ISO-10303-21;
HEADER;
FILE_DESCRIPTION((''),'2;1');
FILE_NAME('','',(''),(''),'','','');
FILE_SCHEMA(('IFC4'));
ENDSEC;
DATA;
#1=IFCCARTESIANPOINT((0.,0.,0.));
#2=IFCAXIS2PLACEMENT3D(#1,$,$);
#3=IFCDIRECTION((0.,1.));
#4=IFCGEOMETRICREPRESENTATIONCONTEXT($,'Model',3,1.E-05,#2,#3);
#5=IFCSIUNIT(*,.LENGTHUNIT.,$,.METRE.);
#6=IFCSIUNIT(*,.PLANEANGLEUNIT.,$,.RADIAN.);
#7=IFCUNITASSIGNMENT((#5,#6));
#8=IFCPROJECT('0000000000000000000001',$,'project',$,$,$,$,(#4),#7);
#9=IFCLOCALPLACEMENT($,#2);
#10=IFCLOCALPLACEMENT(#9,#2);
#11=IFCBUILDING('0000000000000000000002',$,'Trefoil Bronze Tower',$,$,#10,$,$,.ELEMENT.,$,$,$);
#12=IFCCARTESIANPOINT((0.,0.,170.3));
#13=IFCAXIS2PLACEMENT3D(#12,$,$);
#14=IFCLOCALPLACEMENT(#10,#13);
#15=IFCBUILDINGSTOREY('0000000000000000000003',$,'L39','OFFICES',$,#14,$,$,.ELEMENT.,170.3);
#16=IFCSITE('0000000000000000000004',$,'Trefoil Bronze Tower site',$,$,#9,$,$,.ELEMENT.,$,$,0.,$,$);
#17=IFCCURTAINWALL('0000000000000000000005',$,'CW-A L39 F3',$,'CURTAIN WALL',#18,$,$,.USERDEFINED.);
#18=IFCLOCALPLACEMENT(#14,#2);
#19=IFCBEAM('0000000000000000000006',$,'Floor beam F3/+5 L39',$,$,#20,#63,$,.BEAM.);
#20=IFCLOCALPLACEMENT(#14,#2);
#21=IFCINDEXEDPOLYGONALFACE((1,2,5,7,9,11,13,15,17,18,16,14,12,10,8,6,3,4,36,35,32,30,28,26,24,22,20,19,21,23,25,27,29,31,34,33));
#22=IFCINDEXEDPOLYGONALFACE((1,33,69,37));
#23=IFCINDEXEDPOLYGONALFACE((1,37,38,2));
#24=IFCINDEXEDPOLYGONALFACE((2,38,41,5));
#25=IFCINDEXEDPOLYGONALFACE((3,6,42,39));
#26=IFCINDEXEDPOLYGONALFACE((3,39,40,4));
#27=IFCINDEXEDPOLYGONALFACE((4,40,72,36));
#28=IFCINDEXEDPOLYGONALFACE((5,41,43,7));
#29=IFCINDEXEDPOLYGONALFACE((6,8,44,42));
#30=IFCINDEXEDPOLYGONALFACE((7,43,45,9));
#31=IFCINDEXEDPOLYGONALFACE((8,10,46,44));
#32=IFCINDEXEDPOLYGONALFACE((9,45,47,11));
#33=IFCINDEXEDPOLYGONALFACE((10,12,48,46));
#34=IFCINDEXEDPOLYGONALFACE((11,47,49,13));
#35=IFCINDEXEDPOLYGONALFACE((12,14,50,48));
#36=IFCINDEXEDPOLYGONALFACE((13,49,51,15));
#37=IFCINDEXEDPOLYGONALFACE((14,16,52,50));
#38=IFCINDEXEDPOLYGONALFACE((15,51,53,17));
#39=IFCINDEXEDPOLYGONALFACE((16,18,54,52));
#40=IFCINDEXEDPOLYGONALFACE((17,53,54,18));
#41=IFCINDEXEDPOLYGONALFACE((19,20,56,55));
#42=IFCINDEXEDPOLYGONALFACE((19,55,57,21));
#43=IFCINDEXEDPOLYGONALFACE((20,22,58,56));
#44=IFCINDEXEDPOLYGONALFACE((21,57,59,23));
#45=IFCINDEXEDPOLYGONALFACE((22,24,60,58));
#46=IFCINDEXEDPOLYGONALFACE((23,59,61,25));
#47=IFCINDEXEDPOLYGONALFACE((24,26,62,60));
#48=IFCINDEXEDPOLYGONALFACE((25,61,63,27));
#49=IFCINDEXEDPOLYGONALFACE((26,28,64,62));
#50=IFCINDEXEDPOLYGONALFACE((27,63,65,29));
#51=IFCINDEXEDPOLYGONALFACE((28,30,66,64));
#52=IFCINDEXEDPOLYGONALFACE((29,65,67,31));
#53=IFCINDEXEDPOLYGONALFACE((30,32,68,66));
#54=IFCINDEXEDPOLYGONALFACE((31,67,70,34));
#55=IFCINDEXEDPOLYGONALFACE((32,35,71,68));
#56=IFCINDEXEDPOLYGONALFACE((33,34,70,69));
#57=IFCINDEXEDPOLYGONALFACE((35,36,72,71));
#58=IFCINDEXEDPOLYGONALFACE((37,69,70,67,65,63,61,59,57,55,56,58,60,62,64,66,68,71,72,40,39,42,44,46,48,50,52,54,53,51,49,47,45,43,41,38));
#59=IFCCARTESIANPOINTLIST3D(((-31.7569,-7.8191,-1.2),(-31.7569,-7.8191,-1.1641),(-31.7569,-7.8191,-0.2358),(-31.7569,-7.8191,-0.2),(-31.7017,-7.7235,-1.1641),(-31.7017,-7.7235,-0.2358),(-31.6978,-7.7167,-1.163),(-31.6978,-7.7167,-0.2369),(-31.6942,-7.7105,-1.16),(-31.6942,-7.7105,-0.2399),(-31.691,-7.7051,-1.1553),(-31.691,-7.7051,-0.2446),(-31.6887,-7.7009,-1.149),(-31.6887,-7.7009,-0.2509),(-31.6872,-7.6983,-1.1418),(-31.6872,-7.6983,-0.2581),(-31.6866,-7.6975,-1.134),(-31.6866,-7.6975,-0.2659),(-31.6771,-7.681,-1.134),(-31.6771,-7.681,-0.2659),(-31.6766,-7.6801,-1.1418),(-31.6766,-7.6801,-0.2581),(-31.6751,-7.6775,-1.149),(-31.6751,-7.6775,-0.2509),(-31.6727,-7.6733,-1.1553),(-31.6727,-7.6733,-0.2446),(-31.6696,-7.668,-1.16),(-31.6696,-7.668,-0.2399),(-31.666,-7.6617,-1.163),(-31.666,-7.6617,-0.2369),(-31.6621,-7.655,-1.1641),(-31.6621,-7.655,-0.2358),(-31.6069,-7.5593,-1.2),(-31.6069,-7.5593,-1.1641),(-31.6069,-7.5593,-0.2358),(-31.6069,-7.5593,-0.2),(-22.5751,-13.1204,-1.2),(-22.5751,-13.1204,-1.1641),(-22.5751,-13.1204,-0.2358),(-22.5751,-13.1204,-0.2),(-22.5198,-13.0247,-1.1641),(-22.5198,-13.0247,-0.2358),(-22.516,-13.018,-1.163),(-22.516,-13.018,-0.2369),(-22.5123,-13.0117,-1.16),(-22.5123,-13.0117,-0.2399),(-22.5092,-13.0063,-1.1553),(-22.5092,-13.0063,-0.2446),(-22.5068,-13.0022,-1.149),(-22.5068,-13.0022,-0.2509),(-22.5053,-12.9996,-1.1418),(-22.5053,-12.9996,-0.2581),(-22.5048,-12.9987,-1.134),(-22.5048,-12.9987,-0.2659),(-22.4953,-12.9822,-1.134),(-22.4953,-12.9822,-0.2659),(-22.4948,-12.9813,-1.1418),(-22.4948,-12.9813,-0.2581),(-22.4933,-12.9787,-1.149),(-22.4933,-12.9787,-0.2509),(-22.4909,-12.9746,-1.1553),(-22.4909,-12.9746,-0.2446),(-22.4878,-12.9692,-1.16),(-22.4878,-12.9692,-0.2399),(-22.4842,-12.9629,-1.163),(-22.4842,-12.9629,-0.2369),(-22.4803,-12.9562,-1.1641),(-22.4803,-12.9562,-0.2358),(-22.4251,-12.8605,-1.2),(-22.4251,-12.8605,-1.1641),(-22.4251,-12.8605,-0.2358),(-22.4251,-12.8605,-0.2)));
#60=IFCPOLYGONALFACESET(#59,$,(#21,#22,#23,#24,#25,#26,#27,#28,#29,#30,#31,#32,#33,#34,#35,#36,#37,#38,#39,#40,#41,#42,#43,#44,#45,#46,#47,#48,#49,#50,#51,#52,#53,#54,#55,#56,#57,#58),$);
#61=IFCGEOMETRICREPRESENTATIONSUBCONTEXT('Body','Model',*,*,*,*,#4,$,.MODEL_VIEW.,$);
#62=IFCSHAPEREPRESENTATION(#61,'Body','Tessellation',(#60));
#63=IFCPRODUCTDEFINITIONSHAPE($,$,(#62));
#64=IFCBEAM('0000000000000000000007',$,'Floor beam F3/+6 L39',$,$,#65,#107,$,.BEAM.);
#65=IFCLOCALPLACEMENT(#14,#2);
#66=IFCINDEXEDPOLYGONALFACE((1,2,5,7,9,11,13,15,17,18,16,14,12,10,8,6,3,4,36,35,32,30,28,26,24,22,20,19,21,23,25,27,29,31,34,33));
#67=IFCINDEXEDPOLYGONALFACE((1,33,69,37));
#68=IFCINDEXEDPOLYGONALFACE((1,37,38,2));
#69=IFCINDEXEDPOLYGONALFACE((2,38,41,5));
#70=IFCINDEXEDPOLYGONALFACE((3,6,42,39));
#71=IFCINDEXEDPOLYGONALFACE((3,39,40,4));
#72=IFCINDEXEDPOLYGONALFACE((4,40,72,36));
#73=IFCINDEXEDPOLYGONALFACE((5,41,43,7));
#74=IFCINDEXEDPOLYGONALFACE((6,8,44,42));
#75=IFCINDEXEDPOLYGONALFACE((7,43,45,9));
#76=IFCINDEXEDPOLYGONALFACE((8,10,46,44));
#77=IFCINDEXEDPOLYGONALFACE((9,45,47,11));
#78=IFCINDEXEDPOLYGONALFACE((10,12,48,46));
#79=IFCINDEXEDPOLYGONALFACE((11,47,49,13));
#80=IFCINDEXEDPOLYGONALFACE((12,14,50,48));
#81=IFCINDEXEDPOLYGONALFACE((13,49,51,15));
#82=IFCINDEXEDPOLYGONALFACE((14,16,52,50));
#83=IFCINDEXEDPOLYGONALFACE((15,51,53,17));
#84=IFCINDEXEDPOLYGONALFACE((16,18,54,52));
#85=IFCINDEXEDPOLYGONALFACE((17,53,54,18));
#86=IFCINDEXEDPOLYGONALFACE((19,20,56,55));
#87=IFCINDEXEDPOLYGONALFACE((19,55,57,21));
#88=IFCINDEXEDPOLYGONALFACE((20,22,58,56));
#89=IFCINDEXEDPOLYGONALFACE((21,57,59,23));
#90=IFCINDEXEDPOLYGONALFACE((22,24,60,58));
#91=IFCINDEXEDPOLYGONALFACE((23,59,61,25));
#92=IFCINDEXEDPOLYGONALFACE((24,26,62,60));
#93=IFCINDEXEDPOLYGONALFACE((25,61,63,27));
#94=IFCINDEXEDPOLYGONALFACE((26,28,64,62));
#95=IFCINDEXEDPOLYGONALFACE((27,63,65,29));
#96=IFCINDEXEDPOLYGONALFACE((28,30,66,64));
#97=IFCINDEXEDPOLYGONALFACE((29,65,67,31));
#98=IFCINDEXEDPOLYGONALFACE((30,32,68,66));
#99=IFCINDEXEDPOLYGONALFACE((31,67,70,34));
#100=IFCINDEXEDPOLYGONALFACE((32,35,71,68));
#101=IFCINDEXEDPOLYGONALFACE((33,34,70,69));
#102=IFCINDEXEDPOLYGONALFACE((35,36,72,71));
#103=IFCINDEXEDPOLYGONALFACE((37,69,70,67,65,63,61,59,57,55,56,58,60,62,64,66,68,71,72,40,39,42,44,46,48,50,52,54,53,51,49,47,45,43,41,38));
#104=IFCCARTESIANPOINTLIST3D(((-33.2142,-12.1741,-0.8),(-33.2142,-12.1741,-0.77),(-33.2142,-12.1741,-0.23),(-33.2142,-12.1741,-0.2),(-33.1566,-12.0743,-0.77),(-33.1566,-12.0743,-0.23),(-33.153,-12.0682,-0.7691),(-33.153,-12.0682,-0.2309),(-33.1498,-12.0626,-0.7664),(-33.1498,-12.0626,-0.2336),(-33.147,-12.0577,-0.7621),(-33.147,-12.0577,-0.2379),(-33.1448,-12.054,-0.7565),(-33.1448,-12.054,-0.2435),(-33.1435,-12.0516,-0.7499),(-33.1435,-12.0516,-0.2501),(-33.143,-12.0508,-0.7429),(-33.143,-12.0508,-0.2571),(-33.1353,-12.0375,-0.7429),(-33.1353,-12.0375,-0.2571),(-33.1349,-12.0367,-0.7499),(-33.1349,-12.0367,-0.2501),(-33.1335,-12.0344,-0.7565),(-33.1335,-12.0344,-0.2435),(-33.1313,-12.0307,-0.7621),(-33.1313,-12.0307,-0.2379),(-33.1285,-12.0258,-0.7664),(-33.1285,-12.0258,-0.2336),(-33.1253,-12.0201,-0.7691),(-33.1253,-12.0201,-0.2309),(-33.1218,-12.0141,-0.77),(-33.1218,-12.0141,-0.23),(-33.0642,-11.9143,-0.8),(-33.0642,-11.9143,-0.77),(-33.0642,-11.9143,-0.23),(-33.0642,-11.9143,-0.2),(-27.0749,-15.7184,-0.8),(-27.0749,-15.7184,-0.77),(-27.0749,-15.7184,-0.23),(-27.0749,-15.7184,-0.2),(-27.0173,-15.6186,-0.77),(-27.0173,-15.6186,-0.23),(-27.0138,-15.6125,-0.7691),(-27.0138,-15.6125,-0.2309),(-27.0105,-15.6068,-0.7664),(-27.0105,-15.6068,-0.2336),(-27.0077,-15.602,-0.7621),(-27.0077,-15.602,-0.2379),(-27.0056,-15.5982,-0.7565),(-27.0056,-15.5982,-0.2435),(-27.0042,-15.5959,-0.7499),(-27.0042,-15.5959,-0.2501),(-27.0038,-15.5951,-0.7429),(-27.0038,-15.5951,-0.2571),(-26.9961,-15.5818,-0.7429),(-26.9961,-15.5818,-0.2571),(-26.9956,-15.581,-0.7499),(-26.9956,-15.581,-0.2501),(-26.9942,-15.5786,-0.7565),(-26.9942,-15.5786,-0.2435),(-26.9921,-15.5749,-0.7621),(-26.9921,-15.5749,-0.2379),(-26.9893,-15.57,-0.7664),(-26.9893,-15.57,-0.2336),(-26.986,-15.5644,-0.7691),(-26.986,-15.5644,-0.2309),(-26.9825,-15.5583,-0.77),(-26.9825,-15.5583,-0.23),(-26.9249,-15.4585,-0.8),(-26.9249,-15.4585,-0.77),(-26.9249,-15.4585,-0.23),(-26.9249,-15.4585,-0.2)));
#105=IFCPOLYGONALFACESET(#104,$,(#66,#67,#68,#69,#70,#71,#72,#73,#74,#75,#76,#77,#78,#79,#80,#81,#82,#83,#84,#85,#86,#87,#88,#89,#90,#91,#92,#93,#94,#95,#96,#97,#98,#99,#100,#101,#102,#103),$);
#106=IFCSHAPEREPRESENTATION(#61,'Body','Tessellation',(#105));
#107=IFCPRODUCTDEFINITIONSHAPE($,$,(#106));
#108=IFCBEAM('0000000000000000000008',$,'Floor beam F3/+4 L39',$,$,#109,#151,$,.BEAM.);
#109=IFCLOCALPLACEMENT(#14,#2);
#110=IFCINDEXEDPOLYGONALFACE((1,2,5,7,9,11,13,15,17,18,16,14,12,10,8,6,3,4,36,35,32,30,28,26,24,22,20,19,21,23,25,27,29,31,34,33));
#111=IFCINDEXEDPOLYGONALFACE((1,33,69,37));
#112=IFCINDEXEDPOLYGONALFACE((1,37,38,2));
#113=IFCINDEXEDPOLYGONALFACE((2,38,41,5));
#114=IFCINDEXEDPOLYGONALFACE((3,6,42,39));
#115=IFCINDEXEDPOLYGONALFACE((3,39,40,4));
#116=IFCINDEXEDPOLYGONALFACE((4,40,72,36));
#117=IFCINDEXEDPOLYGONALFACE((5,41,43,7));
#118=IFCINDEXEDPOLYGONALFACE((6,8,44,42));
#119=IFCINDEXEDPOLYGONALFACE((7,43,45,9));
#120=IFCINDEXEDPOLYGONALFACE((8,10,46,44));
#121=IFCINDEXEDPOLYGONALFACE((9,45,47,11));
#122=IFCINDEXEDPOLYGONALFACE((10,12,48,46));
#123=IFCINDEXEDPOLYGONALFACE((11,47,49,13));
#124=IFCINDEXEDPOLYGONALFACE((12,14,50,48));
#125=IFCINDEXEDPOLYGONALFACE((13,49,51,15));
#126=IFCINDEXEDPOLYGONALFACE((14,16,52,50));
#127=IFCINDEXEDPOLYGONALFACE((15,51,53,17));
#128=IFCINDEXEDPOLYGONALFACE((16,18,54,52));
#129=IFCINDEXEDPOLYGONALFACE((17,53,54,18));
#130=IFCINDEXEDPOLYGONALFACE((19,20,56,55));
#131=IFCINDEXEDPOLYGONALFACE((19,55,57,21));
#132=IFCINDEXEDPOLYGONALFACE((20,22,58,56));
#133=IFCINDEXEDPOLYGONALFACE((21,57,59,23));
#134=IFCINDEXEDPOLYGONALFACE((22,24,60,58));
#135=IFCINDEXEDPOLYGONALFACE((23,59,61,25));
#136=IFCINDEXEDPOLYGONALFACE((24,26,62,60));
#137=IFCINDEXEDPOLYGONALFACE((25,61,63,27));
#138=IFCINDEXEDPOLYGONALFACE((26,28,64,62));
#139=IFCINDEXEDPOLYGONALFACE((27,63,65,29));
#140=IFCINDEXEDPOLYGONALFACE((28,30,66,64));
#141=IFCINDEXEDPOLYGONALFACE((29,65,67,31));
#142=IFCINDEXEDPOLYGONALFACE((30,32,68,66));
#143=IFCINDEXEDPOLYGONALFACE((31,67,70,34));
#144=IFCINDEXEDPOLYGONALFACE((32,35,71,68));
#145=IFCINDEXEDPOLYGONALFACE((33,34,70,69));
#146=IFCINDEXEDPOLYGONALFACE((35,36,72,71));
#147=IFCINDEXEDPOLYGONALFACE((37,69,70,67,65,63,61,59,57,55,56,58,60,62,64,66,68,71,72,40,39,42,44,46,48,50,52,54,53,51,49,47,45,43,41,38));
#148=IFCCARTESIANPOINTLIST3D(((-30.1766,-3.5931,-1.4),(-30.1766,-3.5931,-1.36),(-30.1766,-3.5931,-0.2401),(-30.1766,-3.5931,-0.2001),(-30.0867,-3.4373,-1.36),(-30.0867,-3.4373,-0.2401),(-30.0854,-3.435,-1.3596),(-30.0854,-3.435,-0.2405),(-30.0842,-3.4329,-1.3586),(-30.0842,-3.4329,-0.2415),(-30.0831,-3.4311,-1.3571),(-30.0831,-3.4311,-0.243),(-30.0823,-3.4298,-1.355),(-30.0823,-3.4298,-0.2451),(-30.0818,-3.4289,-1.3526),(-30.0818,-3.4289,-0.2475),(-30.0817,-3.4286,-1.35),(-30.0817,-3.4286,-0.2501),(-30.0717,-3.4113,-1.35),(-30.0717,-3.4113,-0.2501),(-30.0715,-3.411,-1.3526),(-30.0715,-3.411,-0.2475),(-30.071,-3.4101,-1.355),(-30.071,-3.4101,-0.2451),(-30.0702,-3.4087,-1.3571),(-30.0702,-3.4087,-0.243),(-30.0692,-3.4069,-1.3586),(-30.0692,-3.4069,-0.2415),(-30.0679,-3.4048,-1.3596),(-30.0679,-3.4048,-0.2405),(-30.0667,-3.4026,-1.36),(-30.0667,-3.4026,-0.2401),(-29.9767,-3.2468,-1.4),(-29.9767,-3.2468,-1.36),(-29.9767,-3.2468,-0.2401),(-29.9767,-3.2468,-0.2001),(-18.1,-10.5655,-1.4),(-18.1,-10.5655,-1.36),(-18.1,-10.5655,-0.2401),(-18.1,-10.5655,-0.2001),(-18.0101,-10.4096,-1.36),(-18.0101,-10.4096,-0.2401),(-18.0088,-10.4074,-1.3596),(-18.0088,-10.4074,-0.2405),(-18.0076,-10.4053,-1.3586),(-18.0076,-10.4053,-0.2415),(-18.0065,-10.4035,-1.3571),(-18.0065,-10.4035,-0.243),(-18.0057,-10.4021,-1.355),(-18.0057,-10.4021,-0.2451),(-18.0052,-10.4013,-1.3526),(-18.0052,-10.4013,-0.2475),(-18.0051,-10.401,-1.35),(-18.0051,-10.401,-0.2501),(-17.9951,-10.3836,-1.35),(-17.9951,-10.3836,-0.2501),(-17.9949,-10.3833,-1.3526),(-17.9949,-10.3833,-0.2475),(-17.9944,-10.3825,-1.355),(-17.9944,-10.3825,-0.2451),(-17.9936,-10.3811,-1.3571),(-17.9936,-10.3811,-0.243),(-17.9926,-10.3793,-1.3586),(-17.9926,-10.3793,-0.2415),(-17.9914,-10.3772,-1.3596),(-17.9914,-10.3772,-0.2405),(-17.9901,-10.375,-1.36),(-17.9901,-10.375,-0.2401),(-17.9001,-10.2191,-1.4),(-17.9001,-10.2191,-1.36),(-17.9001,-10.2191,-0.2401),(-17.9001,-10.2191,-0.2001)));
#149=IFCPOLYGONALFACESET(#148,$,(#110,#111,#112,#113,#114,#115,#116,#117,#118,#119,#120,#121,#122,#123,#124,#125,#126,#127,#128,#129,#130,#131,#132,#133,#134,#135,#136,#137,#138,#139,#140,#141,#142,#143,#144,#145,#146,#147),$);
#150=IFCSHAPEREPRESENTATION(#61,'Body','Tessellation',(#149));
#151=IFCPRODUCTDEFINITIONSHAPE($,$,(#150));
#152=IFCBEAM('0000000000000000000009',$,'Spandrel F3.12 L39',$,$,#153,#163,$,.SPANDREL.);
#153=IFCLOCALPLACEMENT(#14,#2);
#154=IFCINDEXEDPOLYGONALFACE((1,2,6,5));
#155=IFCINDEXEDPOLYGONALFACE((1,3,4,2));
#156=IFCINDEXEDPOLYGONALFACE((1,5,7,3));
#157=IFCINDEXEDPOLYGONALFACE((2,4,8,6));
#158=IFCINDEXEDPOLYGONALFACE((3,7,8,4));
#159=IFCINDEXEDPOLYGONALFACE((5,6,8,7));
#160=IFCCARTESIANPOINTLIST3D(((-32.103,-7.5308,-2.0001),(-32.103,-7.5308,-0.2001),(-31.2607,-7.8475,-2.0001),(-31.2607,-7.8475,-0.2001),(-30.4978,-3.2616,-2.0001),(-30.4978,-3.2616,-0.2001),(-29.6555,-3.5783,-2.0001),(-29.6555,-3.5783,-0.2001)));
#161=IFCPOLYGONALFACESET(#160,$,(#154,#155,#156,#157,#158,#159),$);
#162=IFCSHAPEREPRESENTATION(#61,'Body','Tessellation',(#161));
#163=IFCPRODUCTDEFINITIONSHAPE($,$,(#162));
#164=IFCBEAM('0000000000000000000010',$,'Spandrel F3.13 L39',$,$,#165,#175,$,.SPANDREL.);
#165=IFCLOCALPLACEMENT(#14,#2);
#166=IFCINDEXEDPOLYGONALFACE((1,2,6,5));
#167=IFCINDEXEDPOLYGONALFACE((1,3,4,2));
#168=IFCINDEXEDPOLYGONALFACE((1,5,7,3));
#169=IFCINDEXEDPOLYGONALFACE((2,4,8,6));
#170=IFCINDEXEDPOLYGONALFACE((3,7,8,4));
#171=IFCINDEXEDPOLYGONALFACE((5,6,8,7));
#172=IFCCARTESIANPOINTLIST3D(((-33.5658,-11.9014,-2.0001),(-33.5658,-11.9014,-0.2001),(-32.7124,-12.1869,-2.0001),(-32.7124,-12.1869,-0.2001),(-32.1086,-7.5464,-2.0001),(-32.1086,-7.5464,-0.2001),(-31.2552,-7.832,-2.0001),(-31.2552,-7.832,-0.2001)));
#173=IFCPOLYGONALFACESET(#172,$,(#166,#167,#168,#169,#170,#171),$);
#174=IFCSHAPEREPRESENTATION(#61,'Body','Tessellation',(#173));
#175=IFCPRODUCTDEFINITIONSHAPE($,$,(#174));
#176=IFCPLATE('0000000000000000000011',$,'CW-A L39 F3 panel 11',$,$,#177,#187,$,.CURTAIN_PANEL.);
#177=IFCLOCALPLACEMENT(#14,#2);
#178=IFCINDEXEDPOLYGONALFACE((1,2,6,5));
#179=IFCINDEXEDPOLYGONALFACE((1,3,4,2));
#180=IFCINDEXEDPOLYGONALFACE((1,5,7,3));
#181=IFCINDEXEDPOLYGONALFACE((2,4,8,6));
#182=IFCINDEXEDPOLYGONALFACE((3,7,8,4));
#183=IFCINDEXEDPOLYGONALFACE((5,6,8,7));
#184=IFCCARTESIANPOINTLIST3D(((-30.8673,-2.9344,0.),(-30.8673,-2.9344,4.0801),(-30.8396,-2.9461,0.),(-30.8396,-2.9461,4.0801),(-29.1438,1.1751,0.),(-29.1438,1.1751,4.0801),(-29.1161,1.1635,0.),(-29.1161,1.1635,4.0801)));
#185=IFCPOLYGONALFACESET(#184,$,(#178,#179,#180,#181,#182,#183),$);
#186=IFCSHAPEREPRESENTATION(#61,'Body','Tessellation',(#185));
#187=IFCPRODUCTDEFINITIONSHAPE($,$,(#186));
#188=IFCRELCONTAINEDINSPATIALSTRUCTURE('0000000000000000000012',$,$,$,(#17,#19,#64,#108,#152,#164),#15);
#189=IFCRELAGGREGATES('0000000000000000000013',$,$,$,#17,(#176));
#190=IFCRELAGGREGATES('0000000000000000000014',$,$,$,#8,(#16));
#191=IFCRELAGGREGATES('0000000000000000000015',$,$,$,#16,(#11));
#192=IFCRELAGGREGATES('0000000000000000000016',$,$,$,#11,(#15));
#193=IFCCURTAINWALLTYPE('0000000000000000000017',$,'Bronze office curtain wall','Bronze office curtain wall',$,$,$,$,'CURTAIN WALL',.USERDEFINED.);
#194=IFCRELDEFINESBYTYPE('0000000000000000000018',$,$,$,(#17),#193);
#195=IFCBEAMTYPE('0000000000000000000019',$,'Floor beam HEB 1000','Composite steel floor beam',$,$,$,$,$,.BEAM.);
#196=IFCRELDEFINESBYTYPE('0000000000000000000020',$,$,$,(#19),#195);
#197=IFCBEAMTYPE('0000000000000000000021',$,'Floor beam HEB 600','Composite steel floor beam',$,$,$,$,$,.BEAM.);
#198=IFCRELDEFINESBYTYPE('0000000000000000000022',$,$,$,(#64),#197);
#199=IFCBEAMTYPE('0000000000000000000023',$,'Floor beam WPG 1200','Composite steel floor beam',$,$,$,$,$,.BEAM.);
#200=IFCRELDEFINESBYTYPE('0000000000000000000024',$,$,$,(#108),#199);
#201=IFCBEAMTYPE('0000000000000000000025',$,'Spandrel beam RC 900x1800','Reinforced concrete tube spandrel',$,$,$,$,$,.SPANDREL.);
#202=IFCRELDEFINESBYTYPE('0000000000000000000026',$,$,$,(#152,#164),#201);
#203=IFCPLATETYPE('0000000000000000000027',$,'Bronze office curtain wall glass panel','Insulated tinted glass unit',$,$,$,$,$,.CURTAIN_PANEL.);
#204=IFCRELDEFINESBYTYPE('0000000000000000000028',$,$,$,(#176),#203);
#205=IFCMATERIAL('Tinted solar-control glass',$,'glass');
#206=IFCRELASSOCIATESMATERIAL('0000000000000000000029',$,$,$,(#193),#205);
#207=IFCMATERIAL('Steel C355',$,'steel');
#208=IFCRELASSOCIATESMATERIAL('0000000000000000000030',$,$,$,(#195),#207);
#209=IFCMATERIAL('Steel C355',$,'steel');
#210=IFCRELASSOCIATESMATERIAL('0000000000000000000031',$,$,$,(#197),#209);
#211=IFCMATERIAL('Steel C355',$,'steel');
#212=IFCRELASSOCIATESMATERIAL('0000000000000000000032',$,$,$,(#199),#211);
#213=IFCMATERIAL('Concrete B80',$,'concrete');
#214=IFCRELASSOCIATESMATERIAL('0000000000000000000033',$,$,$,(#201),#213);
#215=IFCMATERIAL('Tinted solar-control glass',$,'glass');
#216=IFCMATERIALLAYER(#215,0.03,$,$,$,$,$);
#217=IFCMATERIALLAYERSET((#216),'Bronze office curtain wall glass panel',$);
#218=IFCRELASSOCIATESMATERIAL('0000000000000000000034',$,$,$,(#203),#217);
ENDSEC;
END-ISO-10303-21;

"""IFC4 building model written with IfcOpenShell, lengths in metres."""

from ifc_helpers import new_model, si_unit, direction, frame, origin, origin_2d, place, context, subcontext, project, spatial, rectangle, i_section, extrude, material, layer, layer_set, material_profile, profile_set, type_object, element, aggregate, save


model = new_model("IFC4")

# Units and contexts
model_context = context("Model", 3, precision=1e-05, world=origin(), true_north=direction((0.0, 1.0)))
body_context = subcontext(model_context, "Body", "Model", "MODEL_VIEW")
ifc_project = project(units=[si_unit("LENGTHUNIT", "METRE"), si_unit("PLANEANGLEUNIT", "RADIAN")], contexts=[model_context])

# Site, building, storey
site_placement = place(None, origin())
site = spatial("IfcSite", under=ifc_project, at=site_placement, Name="Trefoil Bronze Tower site", CompositionType="ELEMENT", RefElevation=0.0)
building_placement = place(site_placement, origin())
building = spatial("IfcBuilding", under=site, at=building_placement, Name="Trefoil Bronze Tower", CompositionType="ELEMENT")
storey_placement = place(building_placement, frame((0.0, 0.0, 170.3)))
storey = spatial("IfcBuildingStorey", under=building, at=storey_placement, Name="L39", Description="OFFICES", CompositionType="ELEMENT", Elevation=170.3)

# Curtain wall
ifc_material_1 = material(Name="Tinted solar-control glass", Category="glass")
curtain_wall_type_1 = type_object("IfcCurtainWallType", Name="Bronze office curtain wall", Description="Bronze office curtain wall", ElementType="CURTAIN WALL", PredefinedType="USERDEFINED", material=ifc_material_1)
curtain_wall_1_placement = place(storey_placement, origin())
curtain_wall_1 = element("IfcCurtainWall", 1, at=curtain_wall_1_placement, inside=storey, type_object=curtain_wall_type_1, Name="CW-A L39 F3", ObjectType="CURTAIN WALL", PredefinedType="USERDEFINED")

# Beams
ifc_material_2 = material(Name="Steel C355", Category="steel")
ifc_material_profile_1 = material_profile(ifc_material_2, i_section(OverallWidth=0.3, OverallDepth=1.0, WebThickness=0.019, FlangeThickness=0.0359, FilletRadius=0.03, at=origin_2d()), Name="HEB 1000")
ifc_profile_set_1 = profile_set([ifc_material_profile_1], Name="Steel C355")
beam_type_1 = type_object("IfcBeamType", Name="Floor beam HEB 1000", Description="Composite steel floor beam", PredefinedType="BEAM", material=ifc_profile_set_1)
beam_1_placement = place(storey_placement, frame((-31.6819, -7.6892, -0.7), z_axis=(0.866021, -0.500007, 0.0), x_axis=(0.500007, 0.866021, 0.0)))
element("IfcBeam", 2, at=beam_1_placement, inside=storey, type_object=beam_type_1, Name="Floor beam F3/+5 L39", PredefinedType="BEAM", context=body_context, shape_type="SweptSolid", body=[
    extrude(i_section(OverallWidth=0.3, OverallDepth=1.0, WebThickness=0.019, FlangeThickness=0.0359, FilletRadius=0.03, at=origin_2d()), origin(), (0.0, 0.0, 1.0), 10.6023),
])
ifc_material_3 = material(Name="Steel C355", Category="steel")
ifc_material_profile_2 = material_profile(ifc_material_3, i_section(OverallWidth=0.3, OverallDepth=0.6001, WebThickness=0.0154, FlangeThickness=0.03, FilletRadius=0.0271, at=origin_2d()), Name="HEB 600")
ifc_profile_set_2 = profile_set([ifc_material_profile_2], Name="Steel C355")
beam_type_2 = type_object("IfcBeamType", Name="Floor beam HEB 600", Description="Composite steel floor beam", PredefinedType="BEAM", material=ifc_profile_set_2)
beam_2_placement = place(storey_placement, frame((-33.1392, -12.0442, -0.5), z_axis=(0.866041, -0.499973, 0.0), x_axis=(0.499973, 0.866041, 0.0)))
element("IfcBeam", 3, at=beam_2_placement, inside=storey, type_object=beam_type_2, Name="Floor beam F3/+6 L39", PredefinedType="BEAM", context=body_context, shape_type="SweptSolid", body=[
    extrude(i_section(OverallWidth=0.3, OverallDepth=0.6001, WebThickness=0.0154, FlangeThickness=0.03, FilletRadius=0.0271, at=origin_2d()), origin(), (0.0, 0.0, 1.0), 7.0889),
])
ifc_material_4 = material(Name="Steel C355", Category="steel")
ifc_material_profile_3 = material_profile(ifc_material_4, i_section(OverallWidth=0.3999, OverallDepth=1.2, WebThickness=0.02, FlangeThickness=0.04, FilletRadius=0.01, at=origin_2d()), Name="WPG 1200")
ifc_profile_set_3 = profile_set([ifc_material_profile_3], Name="Steel C355")
beam_type_3 = type_object("IfcBeamType", Name="Floor beam WPG 1200", Description="Composite steel floor beam", PredefinedType="BEAM", material=ifc_profile_set_3)
beam_3_placement = place(storey_placement, frame((-30.0767, -3.4199, -0.8), z_axis=(0.866027, -0.499997, 0.0), x_axis=(0.499997, 0.866027, 0.0)))
element("IfcBeam", 4, at=beam_3_placement, inside=storey, type_object=beam_type_3, Name="Floor beam F3/+4 L39", PredefinedType="BEAM", context=body_context, shape_type="SweptSolid", body=[
    extrude(i_section(OverallWidth=0.3999, OverallDepth=1.2, WebThickness=0.02, FlangeThickness=0.04, FilletRadius=0.01, at=origin_2d()), origin(), (0.0, 0.0, 1.0), 13.9448),
])
ifc_material_5 = material(Name="Concrete B80", Category="concrete")
ifc_material_profile_4 = material_profile(ifc_material_5, rectangle(XDim=0.8999, YDim=1.8, at=origin_2d()), Name="RC 900x1800")
ifc_profile_set_4 = profile_set([ifc_material_profile_4], Name="Concrete B80")
beam_type_4 = type_object("IfcBeamType", Name="Spandrel beam RC 900x1800", Description="Reinforced concrete tube spandrel", PredefinedType="SPANDREL", material=ifc_profile_set_4)
beam_4_placement = place(storey_placement, frame((-30.0767, -3.4199, -1.1001), z_axis=(-0.351939, -0.936023, 0.0), x_axis=(0.936023, -0.351939, 0.0)))
element("IfcBeam", 5, at=beam_4_placement, inside=storey, type_object=beam_type_4, Name="Spandrel F3.12 L39", PredefinedType="SPANDREL", context=body_context, shape_type="SweptSolid", body=[
    extrude(rectangle(XDim=0.8999, YDim=1.8, at=origin_2d()), origin(), (0.0, 0.0, 1.0), 4.561),
])
beam_5_placement = place(storey_placement, frame((-31.6819, -7.6892, -1.1001), z_axis=(-0.317328, -0.948316, 0.0), x_axis=(0.948316, -0.317328, 0.0)))
element("IfcBeam", 6, at=beam_5_placement, inside=storey, type_object=beam_type_4, Name="Spandrel F3.13 L39", PredefinedType="SPANDREL", context=body_context, shape_type="SweptSolid", body=[
    extrude(rectangle(XDim=0.8999, YDim=1.8, at=origin_2d()), origin(), (0.0, 0.0, 1.0), 4.5923),
])

# Plate
ifc_material_6 = material(Name="Tinted solar-control glass", Category="glass")
ifc_layer_1 = layer(ifc_material_6, 0.03)
ifc_layer_set_1 = layer_set([ifc_layer_1], Name="Bronze office curtain wall glass panel")
plate_type_1 = type_object("IfcPlateType", Name="Bronze office curtain wall glass panel", Description="Insulated tinted glass unit", PredefinedType="CURTAIN_PANEL", material=ifc_layer_set_1)
plate_1_placement = place(storey_placement, frame((-29.9917, -0.8855, 0.0), z_axis=(0.0, 0.0, 1.0), x_axis=(-0.386759, -0.922181, 0.0)))
plate_1 = element("IfcPlate", 7, at=plate_1_placement, type_object=plate_type_1, Name="CW-A L39 F3 panel 11", PredefinedType="CURTAIN_PANEL", context=body_context, shape_type="SweptSolid", body=[
    extrude(rectangle(XDim=4.4563, YDim=0.03, at=origin_2d()), origin(), (0.0, 0.0, 1.0), 4.0801),
])
aggregate(curtain_wall_1, [plate_1])

save(model, "model.ifc")
